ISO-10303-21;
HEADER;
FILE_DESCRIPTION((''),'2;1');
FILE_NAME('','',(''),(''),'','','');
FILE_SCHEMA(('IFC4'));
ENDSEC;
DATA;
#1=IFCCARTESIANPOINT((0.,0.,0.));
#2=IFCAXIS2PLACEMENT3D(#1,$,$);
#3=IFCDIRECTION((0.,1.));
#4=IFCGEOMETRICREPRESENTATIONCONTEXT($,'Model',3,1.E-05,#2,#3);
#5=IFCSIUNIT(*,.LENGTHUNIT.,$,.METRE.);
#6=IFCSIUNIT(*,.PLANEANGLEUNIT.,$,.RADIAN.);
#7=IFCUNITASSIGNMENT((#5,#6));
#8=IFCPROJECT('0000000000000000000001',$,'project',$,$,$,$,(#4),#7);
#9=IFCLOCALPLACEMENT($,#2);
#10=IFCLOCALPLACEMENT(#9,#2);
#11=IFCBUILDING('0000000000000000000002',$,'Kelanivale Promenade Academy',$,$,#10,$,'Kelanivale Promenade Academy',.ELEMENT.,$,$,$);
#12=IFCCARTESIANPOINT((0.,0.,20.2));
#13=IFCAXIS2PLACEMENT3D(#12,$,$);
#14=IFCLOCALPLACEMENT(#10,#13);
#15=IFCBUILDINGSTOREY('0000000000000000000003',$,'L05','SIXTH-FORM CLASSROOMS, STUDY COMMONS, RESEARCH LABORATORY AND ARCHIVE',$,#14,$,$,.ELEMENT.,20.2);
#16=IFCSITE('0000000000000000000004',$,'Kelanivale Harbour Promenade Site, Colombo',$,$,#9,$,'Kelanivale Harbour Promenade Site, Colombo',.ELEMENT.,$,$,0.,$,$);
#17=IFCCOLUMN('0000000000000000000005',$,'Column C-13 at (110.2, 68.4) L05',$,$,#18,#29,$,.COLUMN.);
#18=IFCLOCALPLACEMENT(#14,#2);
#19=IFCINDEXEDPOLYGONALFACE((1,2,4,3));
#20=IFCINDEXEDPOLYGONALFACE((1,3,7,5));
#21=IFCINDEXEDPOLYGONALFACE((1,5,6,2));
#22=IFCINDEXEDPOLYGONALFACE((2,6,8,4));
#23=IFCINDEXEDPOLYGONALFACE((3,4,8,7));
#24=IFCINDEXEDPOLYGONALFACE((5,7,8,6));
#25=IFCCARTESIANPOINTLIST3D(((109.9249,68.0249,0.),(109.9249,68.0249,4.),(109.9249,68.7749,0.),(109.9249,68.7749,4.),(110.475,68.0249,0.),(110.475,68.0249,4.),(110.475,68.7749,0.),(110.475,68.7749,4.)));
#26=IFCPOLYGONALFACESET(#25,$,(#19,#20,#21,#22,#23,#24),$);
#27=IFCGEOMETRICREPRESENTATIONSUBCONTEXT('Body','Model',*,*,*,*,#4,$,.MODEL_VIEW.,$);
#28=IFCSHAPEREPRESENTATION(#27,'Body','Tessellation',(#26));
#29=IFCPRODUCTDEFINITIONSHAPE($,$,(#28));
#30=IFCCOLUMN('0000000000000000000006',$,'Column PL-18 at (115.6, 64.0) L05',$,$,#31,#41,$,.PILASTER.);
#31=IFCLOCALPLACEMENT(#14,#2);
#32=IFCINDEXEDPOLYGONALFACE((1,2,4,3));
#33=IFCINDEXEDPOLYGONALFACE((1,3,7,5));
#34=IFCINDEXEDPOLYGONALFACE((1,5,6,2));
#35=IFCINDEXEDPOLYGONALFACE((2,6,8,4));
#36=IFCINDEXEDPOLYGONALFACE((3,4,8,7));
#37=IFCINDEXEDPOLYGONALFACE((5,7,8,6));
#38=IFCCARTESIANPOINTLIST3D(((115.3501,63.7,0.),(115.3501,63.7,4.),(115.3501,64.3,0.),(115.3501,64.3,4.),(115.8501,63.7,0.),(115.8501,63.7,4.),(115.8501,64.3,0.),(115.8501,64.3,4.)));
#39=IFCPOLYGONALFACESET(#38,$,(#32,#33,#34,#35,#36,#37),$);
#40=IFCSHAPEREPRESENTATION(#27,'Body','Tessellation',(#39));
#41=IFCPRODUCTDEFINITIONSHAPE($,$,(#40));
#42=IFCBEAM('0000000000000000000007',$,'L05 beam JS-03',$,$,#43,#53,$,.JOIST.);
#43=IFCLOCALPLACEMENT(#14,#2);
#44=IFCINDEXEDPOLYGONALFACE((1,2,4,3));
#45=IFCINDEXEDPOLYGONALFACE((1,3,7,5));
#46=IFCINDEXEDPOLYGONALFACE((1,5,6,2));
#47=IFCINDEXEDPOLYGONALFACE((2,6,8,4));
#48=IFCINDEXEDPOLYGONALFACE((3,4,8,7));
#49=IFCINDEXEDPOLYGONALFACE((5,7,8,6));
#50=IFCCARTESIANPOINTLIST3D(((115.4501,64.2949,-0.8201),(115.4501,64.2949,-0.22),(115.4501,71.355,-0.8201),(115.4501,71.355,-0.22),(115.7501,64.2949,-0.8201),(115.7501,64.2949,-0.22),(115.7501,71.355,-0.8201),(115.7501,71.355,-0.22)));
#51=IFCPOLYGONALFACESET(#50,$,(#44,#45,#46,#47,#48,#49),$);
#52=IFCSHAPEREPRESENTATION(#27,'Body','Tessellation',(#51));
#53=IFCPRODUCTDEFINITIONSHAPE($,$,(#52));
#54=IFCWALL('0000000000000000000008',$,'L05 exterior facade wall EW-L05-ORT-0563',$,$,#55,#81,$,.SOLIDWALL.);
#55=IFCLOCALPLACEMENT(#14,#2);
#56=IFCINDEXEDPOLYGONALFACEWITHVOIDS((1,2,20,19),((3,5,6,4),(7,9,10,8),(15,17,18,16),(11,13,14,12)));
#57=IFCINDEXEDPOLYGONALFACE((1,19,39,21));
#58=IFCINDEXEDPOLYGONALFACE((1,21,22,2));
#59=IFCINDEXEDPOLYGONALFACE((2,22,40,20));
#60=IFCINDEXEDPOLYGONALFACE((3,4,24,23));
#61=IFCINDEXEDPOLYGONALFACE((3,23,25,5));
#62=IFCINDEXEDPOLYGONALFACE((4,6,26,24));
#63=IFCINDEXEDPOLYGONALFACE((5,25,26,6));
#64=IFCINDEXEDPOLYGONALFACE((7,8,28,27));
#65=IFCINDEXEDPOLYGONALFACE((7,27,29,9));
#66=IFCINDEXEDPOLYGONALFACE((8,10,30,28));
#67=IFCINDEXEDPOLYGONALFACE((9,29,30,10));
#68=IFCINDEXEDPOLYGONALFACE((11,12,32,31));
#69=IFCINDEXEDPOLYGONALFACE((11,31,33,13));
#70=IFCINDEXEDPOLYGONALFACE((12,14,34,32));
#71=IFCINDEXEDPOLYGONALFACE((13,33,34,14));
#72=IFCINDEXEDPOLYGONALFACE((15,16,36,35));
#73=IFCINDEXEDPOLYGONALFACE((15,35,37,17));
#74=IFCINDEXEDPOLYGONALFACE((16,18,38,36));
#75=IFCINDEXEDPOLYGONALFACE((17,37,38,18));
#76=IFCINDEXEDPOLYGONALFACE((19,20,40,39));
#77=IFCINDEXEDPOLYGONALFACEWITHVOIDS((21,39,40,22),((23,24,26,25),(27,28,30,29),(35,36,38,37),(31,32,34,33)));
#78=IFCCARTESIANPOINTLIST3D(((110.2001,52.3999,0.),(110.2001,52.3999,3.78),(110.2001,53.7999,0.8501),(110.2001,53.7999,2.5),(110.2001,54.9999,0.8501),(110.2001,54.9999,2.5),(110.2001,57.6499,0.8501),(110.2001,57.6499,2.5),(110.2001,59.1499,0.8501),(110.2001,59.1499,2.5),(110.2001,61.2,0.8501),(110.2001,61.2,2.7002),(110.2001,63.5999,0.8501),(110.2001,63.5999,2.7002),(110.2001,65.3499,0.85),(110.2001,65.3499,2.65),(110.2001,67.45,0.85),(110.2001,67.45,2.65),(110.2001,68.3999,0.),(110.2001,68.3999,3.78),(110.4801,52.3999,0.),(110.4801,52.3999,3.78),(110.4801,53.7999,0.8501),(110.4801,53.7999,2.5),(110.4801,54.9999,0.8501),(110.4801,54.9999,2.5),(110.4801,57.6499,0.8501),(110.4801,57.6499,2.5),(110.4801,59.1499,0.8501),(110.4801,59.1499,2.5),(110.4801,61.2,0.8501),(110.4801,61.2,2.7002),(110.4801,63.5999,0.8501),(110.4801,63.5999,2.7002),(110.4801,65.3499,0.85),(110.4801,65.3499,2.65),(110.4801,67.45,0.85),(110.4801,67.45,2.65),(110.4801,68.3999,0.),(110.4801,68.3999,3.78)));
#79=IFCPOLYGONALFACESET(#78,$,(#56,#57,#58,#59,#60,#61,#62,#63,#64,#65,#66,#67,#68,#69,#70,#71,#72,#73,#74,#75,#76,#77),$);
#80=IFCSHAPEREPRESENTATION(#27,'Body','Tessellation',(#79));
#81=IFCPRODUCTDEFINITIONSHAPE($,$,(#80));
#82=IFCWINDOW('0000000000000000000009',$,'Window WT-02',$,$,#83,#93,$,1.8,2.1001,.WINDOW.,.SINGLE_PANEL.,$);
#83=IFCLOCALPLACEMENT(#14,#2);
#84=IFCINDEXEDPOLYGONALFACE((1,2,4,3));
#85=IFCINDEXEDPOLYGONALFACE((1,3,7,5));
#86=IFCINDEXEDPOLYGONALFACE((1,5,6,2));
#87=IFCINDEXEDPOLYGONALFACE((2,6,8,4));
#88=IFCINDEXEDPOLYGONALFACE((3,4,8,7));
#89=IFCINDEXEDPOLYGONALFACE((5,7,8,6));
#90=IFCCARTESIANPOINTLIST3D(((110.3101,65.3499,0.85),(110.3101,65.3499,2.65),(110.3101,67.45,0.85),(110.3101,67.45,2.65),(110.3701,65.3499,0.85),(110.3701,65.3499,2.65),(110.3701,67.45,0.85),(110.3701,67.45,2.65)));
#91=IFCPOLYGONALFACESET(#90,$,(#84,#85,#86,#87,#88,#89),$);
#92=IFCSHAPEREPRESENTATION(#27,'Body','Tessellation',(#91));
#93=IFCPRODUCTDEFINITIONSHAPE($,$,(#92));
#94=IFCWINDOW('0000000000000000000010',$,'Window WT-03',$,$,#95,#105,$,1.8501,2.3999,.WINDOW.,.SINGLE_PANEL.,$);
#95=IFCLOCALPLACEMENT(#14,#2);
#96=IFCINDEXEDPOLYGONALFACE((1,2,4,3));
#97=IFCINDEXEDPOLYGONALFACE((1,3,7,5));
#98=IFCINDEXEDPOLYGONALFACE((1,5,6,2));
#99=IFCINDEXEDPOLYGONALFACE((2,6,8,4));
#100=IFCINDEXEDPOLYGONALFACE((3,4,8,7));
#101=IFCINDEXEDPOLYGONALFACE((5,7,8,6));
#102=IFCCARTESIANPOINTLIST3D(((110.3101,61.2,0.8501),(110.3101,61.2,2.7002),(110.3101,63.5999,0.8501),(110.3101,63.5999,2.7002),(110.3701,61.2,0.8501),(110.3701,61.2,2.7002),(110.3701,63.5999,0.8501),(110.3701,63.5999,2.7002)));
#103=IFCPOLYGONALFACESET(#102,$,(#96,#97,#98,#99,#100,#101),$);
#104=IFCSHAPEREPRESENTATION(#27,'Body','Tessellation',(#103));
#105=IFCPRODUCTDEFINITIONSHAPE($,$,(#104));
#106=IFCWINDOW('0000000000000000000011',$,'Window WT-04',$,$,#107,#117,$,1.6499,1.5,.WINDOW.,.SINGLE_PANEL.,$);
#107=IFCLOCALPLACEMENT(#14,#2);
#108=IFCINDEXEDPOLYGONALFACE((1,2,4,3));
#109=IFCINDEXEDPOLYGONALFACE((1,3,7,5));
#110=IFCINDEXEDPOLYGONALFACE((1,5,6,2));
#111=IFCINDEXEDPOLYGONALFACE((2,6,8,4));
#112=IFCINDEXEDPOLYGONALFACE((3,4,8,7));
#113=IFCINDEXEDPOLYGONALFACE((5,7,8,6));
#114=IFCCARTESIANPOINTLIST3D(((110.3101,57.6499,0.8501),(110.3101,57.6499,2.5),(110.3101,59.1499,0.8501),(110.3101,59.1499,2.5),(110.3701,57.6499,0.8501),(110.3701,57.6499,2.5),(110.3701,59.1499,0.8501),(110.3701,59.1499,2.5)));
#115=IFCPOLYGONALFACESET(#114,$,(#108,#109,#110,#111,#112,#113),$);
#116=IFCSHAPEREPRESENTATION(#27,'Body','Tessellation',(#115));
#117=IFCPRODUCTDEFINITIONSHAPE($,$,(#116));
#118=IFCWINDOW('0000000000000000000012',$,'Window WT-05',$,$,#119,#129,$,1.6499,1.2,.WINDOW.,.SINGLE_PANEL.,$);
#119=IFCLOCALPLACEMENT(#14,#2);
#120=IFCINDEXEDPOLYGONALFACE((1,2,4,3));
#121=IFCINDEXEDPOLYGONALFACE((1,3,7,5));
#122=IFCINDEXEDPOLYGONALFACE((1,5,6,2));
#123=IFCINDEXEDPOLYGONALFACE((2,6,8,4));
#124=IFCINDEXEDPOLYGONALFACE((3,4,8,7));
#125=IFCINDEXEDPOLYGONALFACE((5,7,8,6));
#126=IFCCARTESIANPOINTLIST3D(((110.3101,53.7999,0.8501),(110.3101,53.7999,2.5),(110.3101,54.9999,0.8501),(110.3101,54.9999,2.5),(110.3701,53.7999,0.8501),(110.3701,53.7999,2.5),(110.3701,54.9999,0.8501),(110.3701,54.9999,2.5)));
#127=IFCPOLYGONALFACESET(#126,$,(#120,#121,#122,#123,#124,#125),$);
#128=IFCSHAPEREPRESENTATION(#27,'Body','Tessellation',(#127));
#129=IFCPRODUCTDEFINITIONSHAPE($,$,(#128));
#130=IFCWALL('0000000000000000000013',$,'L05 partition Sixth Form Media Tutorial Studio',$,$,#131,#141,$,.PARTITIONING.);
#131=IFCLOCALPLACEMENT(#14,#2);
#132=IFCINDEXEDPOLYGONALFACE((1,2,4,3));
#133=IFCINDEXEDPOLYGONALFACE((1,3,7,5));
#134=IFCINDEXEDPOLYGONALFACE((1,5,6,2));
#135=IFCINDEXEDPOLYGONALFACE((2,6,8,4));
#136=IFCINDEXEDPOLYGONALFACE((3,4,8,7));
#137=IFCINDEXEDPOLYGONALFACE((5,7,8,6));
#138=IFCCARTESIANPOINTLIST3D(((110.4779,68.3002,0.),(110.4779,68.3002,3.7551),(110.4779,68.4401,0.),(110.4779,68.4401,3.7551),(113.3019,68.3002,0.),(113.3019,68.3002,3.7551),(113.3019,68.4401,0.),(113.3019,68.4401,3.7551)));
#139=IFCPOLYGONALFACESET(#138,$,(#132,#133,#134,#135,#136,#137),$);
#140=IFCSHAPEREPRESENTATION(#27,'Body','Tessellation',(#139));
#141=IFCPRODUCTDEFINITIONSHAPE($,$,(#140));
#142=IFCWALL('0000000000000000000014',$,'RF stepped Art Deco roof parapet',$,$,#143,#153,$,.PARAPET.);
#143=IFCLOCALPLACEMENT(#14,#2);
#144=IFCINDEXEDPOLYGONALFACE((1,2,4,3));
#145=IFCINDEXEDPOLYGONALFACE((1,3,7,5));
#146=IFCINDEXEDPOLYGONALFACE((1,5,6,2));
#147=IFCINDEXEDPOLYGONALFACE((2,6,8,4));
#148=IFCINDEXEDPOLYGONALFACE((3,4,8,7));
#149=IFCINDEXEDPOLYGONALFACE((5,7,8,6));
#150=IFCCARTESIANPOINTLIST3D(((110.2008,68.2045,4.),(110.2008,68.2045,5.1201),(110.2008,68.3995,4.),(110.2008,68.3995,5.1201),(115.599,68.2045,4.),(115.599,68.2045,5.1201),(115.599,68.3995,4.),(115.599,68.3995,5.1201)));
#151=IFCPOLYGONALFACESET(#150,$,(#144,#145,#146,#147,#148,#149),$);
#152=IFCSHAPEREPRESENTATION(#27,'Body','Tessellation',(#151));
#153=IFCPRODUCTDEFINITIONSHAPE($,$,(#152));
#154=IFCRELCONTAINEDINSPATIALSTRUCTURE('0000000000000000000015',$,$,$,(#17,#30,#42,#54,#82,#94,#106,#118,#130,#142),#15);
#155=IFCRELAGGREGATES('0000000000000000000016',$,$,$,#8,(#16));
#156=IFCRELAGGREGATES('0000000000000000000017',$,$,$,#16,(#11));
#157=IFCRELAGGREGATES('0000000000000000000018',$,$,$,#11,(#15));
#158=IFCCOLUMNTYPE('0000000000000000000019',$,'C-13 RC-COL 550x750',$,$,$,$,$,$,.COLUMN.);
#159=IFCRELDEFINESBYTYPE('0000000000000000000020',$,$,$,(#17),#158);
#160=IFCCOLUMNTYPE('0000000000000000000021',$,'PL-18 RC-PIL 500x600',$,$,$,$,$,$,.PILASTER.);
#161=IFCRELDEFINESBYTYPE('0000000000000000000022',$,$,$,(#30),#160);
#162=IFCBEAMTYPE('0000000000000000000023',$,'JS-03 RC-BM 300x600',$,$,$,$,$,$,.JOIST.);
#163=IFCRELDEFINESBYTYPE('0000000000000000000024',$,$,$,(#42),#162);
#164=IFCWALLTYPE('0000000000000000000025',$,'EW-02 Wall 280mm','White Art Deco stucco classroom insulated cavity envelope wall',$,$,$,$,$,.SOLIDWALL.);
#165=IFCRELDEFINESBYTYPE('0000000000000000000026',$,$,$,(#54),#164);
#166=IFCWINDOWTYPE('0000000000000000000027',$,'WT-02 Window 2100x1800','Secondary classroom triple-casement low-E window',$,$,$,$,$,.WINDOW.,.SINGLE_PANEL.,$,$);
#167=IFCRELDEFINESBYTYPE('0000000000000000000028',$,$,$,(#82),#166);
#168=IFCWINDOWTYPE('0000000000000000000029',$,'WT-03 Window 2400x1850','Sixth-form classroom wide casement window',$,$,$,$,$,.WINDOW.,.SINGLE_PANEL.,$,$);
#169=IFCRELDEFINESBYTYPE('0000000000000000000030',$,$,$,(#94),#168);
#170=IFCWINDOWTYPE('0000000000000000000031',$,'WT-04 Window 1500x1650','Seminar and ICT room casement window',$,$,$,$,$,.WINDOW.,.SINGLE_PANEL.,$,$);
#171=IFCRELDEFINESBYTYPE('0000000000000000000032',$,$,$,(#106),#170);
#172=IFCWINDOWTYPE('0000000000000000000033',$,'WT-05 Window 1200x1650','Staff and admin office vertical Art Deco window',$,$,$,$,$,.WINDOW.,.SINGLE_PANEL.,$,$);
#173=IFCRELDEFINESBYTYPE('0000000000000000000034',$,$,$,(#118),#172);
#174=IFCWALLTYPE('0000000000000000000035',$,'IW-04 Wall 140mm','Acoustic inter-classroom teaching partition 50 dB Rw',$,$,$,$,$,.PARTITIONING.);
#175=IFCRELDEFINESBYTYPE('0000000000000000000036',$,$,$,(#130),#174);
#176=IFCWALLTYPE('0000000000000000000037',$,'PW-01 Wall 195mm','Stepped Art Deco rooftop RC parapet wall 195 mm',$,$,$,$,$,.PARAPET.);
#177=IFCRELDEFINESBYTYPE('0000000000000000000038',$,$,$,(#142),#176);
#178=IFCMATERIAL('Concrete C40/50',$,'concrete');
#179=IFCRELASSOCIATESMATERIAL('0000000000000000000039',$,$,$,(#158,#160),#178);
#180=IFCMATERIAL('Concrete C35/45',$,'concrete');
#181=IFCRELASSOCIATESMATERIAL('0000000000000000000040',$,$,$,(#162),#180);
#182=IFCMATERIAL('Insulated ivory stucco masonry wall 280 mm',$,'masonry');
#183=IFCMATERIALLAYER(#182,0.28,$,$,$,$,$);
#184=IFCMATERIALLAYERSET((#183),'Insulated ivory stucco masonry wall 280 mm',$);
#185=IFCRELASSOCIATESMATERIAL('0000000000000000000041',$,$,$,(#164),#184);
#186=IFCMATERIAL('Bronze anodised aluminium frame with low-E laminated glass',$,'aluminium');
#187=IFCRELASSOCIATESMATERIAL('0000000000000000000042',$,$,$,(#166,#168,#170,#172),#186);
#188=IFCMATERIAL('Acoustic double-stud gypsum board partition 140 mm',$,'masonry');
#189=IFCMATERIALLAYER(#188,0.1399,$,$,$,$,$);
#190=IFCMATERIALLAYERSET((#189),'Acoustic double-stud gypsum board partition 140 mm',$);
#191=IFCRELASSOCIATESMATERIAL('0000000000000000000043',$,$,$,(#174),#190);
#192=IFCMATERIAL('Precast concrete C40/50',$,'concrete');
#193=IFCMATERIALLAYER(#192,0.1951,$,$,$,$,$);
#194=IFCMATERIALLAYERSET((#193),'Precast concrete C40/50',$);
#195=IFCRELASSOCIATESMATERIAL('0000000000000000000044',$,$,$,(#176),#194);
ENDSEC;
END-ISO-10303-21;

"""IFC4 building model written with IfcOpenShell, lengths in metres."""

from ifc_helpers import new_model, si_unit, direction, frame, frame_2d, origin, origin_2d, place, context, subcontext, project, spatial, rectangle, extrude, material, layer, layer_set, material_profile, profile_set, type_object, element, fill, save


model = new_model("IFC4")

# Units and contexts
model_context = context("Model", 3, precision=1e-05, world=origin(), true_north=direction((0.0, 1.0)))
body_context = subcontext(model_context, "Body", "Model", "MODEL_VIEW")
ifc_project = project(units=[si_unit("LENGTHUNIT", "METRE"), si_unit("PLANEANGLEUNIT", "RADIAN")], contexts=[model_context])

# Site, building, storey
site_placement = place(None, origin())
site = spatial("IfcSite", under=ifc_project, at=site_placement, Name="Kelanivale Harbour Promenade Site, Colombo", LongName="Kelanivale Harbour Promenade Site, Colombo", CompositionType="ELEMENT", RefElevation=0.0)
building_placement = place(site_placement, origin())
building = spatial("IfcBuilding", under=site, at=building_placement, Name="Kelanivale Promenade Academy", LongName="Kelanivale Promenade Academy", CompositionType="ELEMENT")
storey_placement = place(building_placement, frame((0.0, 0.0, 20.2)))
storey = spatial("IfcBuildingStorey", under=building, at=storey_placement, Name="L05", Description="SIXTH-FORM CLASSROOMS, STUDY COMMONS, RESEARCH LABORATORY AND ARCHIVE", CompositionType="ELEMENT", Elevation=20.2)

# Columns
ifc_material_1 = material(Name="Concrete C40/50", Category="concrete")
ifc_material_profile_1 = material_profile(ifc_material_1, rectangle(XDim=0.55, YDim=0.75, at=origin_2d()), Name="RC-COL 550x750")
ifc_profile_set_1 = profile_set([ifc_material_profile_1], Name="Concrete C40/50")
column_type_1 = type_object("IfcColumnType", Name="C-13 RC-COL 550x750", PredefinedType="COLUMN", material=ifc_profile_set_1)
column_1_placement = place(storey_placement, frame((110.2, 68.3999, 0.0), z_axis=(0.0, 0.0, 1.0), x_axis=(1.0, 0.0, 0.0)))
element("IfcColumn", 1, at=column_1_placement, inside=storey, type_object=column_type_1, Name="Column C-13 at (110.2, 68.4) L05", PredefinedType="COLUMN", context=body_context, shape_type="SweptSolid", body=[
    extrude(rectangle(XDim=0.55, YDim=0.75, at=origin_2d()), origin(), (0.0, 0.0, 1.0), 4.0),
])
ifc_material_profile_2 = material_profile(ifc_material_1, rectangle(XDim=0.5, YDim=0.6001, at=origin_2d()), Name="RC-PIL 500x600")
ifc_profile_set_2 = profile_set([ifc_material_profile_2], Name="Concrete C40/50")
column_type_2 = type_object("IfcColumnType", Name="PL-18 RC-PIL 500x600", PredefinedType="PILASTER", material=ifc_profile_set_2)
column_2_placement = place(storey_placement, frame((115.6001, 64.0, 0.0), z_axis=(0.0, 0.0, 1.0), x_axis=(1.0, 0.0, 0.0)))
element("IfcColumn", 2, at=column_2_placement, inside=storey, type_object=column_type_2, Name="Column PL-18 at (115.6, 64.0) L05", PredefinedType="PILASTER", context=body_context, shape_type="SweptSolid", body=[
    extrude(rectangle(XDim=0.5, YDim=0.6001, at=origin_2d()), origin(), (0.0, 0.0, 1.0), 4.0),
])

# Beam
ifc_material_2 = material(Name="Concrete C35/45", Category="concrete")
ifc_material_profile_3 = material_profile(ifc_material_2, rectangle(XDim=0.3, YDim=0.6001, at=origin_2d()), Name="RC-BM 300x600")
ifc_profile_set_3 = profile_set([ifc_material_profile_3], Name="Concrete C35/45")
beam_type = type_object("IfcBeamType", Name="JS-03 RC-BM 300x600", PredefinedType="JOIST", material=ifc_profile_set_3)
beam_placement = place(storey_placement, frame((115.6001, 64.2949, -0.52), z_axis=(0.0, 1.0, 0.0), x_axis=(-1.0, 0.0, 0.0)))
element("IfcBeam", 3, at=beam_placement, inside=storey, type_object=beam_type, Name="L05 beam JS-03", PredefinedType="JOIST", context=body_context, shape_type="SweptSolid", body=[
    extrude(rectangle(XDim=0.3, YDim=0.6001, at=origin_2d()), origin(), (0.0, 0.0, 1.0), 7.0601),
])

# Wall, openings, windows
ifc_material_3 = material(Name="Insulated ivory stucco masonry wall 280 mm", Category="masonry")
ifc_layer_1 = layer(ifc_material_3, 0.28)
ifc_layer_set_1 = layer_set([ifc_layer_1], Name="Insulated ivory stucco masonry wall 280 mm")
wall_type_1 = type_object("IfcWallType", Name="EW-02 Wall 280mm", Description="White Art Deco stucco classroom insulated cavity envelope wall", PredefinedType="SOLIDWALL", material=ifc_layer_set_1)
wall_1_placement = place(storey_placement, frame((110.3401, 68.3999, 0.0), z_axis=(0.0, 0.0, 1.0), x_axis=(0.0, -1.0, 0.0)))
wall_1 = element("IfcWall", 4, at=wall_1_placement, inside=storey, type_object=wall_type_1, Name="L05 exterior facade wall EW-L05-ORT-0563", PredefinedType="SOLIDWALL", context=body_context, shape_type="SweptSolid", body=[
    extrude(rectangle(XDim=16.0, YDim=0.28, at=frame_2d((8.0, 0.0))), origin(), (0.0, 0.0, 1.0), 3.78),
])
opening_1_placement = place(wall_1_placement, frame((0.95, 0.0, 0.8501)))
opening_1 = element("IfcOpeningElement", 5, at=opening_1_placement, cuts=wall_1, PredefinedType="OPENING", context=body_context, shape_type="SweptSolid", body=[
    extrude(rectangle(XDim=2.1001, YDim=1.8, at=frame_2d((1.05, 0.8999))), frame((0.0, 0.1499, 0.0), z_axis=(0.0, -1.0, 0.0), x_axis=(1.0, 0.0, 0.0)), (0.0, 0.0, 1.0), 0.3),
])
opening_2_placement = place(wall_1_placement, frame((4.8, 0.0, 0.8501)))
opening_2 = element("IfcOpeningElement", 6, at=opening_2_placement, cuts=wall_1, PredefinedType="OPENING", context=body_context, shape_type="SweptSolid", body=[
    extrude(rectangle(XDim=2.3999, YDim=1.8501, at=frame_2d((1.2, 0.925))), frame((0.0, 0.1499, 0.0), z_axis=(0.0, -1.0, 0.0), x_axis=(1.0, 0.0, 0.0)), (0.0, 0.0, 1.0), 0.3),
])
opening_3_placement = place(wall_1_placement, frame((9.25, 0.0, 0.8501)))
opening_3 = element("IfcOpeningElement", 7, at=opening_3_placement, cuts=wall_1, PredefinedType="OPENING", context=body_context, shape_type="SweptSolid", body=[
    extrude(rectangle(XDim=1.5, YDim=1.6499, at=frame_2d((0.75, 0.825))), frame((0.0, 0.1499, 0.0), z_axis=(0.0, -1.0, 0.0), x_axis=(1.0, 0.0, 0.0)), (0.0, 0.0, 1.0), 0.3),
])
opening_4_placement = place(wall_1_placement, frame((13.3999, 0.0, 0.8501)))
opening_4 = element("IfcOpeningElement", 8, at=opening_4_placement, cuts=wall_1, PredefinedType="OPENING", context=body_context, shape_type="SweptSolid", body=[
    extrude(rectangle(XDim=1.2, YDim=1.6499, at=frame_2d((0.6001, 0.825))), frame((0.0, 0.1499, 0.0), z_axis=(0.0, -1.0, 0.0), x_axis=(1.0, 0.0, 0.0)), (0.0, 0.0, 1.0), 0.3),
])
ifc_material_4 = material(Name="Bronze anodised aluminium frame with low-E laminated glass", Category="aluminium")
window_type_1 = type_object("IfcWindowType", Name="WT-02 Window 2100x1800", Description="Secondary classroom triple-casement low-E window", PartitioningType="SINGLE_PANEL", PredefinedType="WINDOW", material=ifc_material_4)
window_1_placement = place(opening_1_placement, origin())
window_1 = element("IfcWindow", 9, at=window_1_placement, inside=storey, type_object=window_type_1, Name="Window WT-02", OverallHeight=1.8, OverallWidth=2.1001, PartitioningType="SINGLE_PANEL", PredefinedType="WINDOW", context=body_context, shape_type="SweptSolid", body=[
    extrude(rectangle(XDim=2.1001, YDim=1.8, at=frame_2d((1.05, 0.8999))), frame((0.0, 0.03, 0.0), z_axis=(0.0, -1.0, 0.0), x_axis=(1.0, 0.0, 0.0)), (0.0, 0.0, 1.0), 0.0601),
])
fill(opening_1, window_1)
window_type_2 = type_object("IfcWindowType", Name="WT-03 Window 2400x1850", Description="Sixth-form classroom wide casement window", PartitioningType="SINGLE_PANEL", PredefinedType="WINDOW", material=ifc_material_4)
window_2_placement = place(opening_2_placement, origin())
window_2 = element("IfcWindow", 10, at=window_2_placement, inside=storey, type_object=window_type_2, Name="Window WT-03", OverallHeight=1.8501, OverallWidth=2.3999, PartitioningType="SINGLE_PANEL", PredefinedType="WINDOW", context=body_context, shape_type="SweptSolid", body=[
    extrude(rectangle(XDim=2.3999, YDim=1.8501, at=frame_2d((1.2, 0.925))), frame((0.0, 0.03, 0.0), z_axis=(0.0, -1.0, 0.0), x_axis=(1.0, 0.0, 0.0)), (0.0, 0.0, 1.0), 0.0601),
])
fill(opening_2, window_2)
window_type_3 = type_object("IfcWindowType", Name="WT-04 Window 1500x1650", Description="Seminar and ICT room casement window", PartitioningType="SINGLE_PANEL", PredefinedType="WINDOW", material=ifc_material_4)
window_3_placement = place(opening_3_placement, origin())
window_3 = element("IfcWindow", 11, at=window_3_placement, inside=storey, type_object=window_type_3, Name="Window WT-04", OverallHeight=1.6499, OverallWidth=1.5, PartitioningType="SINGLE_PANEL", PredefinedType="WINDOW", context=body_context, shape_type="SweptSolid", body=[
    extrude(rectangle(XDim=1.5, YDim=1.6499, at=frame_2d((0.75, 0.825))), frame((0.0, 0.03, 0.0), z_axis=(0.0, -1.0, 0.0), x_axis=(1.0, 0.0, 0.0)), (0.0, 0.0, 1.0), 0.0601),
])
fill(opening_3, window_3)
window_type_4 = type_object("IfcWindowType", Name="WT-05 Window 1200x1650", Description="Staff and admin office vertical Art Deco window", PartitioningType="SINGLE_PANEL", PredefinedType="WINDOW", material=ifc_material_4)
window_4_placement = place(opening_4_placement, origin())
window_4 = element("IfcWindow", 12, at=window_4_placement, inside=storey, type_object=window_type_4, Name="Window WT-05", OverallHeight=1.6499, OverallWidth=1.2, PartitioningType="SINGLE_PANEL", PredefinedType="WINDOW", context=body_context, shape_type="SweptSolid", body=[
    extrude(rectangle(XDim=1.2, YDim=1.6499, at=frame_2d((0.6001, 0.825))), frame((0.0, 0.03, 0.0), z_axis=(0.0, -1.0, 0.0), x_axis=(1.0, 0.0, 0.0)), (0.0, 0.0, 1.0), 0.0601),
])
fill(opening_4, window_4)

# Walls
ifc_material_5 = material(Name="Acoustic double-stud gypsum board partition 140 mm", Category="masonry")
ifc_layer_2 = layer(ifc_material_5, 0.1399)
ifc_layer_set_2 = layer_set([ifc_layer_2], Name="Acoustic double-stud gypsum board partition 140 mm")
wall_type_2 = type_object("IfcWallType", Name="IW-04 Wall 140mm", Description="Acoustic inter-classroom teaching partition 50 dB Rw", PredefinedType="PARTITIONING", material=ifc_layer_set_2)
wall_2_placement = place(storey_placement, frame((113.302, 68.3701, 0.0), z_axis=(0.0, 0.0, 1.0), x_axis=(-1.0, 0.0, 0.0)))
element("IfcWall", 13, at=wall_2_placement, inside=storey, type_object=wall_type_2, Name="L05 partition Sixth Form Media Tutorial Studio", PredefinedType="PARTITIONING", context=body_context, shape_type="SweptSolid", body=[
    extrude(rectangle(XDim=2.824, YDim=0.1399, at=frame_2d((1.4121, 0.0))), origin(), (0.0, 0.0, 1.0), 3.7551),
])
ifc_material_6 = material(Name="Precast concrete C40/50", Category="concrete")
ifc_layer_3 = layer(ifc_material_6, 0.1951)
ifc_layer_set_3 = layer_set([ifc_layer_3], Name="Precast concrete C40/50")
wall_type_3 = type_object("IfcWallType", Name="PW-01 Wall 195mm", Description="Stepped Art Deco rooftop RC parapet wall 195 mm", PredefinedType="PARAPET", material=ifc_layer_set_3)
wall_3_placement = place(storey_placement, frame((115.5991, 68.302, 4.0), z_axis=(0.0, 0.0, 1.0), x_axis=(-1.0, 0.0, 0.0)))
element("IfcWall", 14, at=wall_3_placement, inside=storey, type_object=wall_type_3, Name="RF stepped Art Deco roof parapet", PredefinedType="PARAPET", context=body_context, shape_type="SweptSolid", body=[
    extrude(rectangle(XDim=5.3982, YDim=0.1951, at=frame_2d((2.6992, 0.0))), origin(), (0.0, 0.0, 1.0), 1.1201),
])

save(model, "model.ifc")
